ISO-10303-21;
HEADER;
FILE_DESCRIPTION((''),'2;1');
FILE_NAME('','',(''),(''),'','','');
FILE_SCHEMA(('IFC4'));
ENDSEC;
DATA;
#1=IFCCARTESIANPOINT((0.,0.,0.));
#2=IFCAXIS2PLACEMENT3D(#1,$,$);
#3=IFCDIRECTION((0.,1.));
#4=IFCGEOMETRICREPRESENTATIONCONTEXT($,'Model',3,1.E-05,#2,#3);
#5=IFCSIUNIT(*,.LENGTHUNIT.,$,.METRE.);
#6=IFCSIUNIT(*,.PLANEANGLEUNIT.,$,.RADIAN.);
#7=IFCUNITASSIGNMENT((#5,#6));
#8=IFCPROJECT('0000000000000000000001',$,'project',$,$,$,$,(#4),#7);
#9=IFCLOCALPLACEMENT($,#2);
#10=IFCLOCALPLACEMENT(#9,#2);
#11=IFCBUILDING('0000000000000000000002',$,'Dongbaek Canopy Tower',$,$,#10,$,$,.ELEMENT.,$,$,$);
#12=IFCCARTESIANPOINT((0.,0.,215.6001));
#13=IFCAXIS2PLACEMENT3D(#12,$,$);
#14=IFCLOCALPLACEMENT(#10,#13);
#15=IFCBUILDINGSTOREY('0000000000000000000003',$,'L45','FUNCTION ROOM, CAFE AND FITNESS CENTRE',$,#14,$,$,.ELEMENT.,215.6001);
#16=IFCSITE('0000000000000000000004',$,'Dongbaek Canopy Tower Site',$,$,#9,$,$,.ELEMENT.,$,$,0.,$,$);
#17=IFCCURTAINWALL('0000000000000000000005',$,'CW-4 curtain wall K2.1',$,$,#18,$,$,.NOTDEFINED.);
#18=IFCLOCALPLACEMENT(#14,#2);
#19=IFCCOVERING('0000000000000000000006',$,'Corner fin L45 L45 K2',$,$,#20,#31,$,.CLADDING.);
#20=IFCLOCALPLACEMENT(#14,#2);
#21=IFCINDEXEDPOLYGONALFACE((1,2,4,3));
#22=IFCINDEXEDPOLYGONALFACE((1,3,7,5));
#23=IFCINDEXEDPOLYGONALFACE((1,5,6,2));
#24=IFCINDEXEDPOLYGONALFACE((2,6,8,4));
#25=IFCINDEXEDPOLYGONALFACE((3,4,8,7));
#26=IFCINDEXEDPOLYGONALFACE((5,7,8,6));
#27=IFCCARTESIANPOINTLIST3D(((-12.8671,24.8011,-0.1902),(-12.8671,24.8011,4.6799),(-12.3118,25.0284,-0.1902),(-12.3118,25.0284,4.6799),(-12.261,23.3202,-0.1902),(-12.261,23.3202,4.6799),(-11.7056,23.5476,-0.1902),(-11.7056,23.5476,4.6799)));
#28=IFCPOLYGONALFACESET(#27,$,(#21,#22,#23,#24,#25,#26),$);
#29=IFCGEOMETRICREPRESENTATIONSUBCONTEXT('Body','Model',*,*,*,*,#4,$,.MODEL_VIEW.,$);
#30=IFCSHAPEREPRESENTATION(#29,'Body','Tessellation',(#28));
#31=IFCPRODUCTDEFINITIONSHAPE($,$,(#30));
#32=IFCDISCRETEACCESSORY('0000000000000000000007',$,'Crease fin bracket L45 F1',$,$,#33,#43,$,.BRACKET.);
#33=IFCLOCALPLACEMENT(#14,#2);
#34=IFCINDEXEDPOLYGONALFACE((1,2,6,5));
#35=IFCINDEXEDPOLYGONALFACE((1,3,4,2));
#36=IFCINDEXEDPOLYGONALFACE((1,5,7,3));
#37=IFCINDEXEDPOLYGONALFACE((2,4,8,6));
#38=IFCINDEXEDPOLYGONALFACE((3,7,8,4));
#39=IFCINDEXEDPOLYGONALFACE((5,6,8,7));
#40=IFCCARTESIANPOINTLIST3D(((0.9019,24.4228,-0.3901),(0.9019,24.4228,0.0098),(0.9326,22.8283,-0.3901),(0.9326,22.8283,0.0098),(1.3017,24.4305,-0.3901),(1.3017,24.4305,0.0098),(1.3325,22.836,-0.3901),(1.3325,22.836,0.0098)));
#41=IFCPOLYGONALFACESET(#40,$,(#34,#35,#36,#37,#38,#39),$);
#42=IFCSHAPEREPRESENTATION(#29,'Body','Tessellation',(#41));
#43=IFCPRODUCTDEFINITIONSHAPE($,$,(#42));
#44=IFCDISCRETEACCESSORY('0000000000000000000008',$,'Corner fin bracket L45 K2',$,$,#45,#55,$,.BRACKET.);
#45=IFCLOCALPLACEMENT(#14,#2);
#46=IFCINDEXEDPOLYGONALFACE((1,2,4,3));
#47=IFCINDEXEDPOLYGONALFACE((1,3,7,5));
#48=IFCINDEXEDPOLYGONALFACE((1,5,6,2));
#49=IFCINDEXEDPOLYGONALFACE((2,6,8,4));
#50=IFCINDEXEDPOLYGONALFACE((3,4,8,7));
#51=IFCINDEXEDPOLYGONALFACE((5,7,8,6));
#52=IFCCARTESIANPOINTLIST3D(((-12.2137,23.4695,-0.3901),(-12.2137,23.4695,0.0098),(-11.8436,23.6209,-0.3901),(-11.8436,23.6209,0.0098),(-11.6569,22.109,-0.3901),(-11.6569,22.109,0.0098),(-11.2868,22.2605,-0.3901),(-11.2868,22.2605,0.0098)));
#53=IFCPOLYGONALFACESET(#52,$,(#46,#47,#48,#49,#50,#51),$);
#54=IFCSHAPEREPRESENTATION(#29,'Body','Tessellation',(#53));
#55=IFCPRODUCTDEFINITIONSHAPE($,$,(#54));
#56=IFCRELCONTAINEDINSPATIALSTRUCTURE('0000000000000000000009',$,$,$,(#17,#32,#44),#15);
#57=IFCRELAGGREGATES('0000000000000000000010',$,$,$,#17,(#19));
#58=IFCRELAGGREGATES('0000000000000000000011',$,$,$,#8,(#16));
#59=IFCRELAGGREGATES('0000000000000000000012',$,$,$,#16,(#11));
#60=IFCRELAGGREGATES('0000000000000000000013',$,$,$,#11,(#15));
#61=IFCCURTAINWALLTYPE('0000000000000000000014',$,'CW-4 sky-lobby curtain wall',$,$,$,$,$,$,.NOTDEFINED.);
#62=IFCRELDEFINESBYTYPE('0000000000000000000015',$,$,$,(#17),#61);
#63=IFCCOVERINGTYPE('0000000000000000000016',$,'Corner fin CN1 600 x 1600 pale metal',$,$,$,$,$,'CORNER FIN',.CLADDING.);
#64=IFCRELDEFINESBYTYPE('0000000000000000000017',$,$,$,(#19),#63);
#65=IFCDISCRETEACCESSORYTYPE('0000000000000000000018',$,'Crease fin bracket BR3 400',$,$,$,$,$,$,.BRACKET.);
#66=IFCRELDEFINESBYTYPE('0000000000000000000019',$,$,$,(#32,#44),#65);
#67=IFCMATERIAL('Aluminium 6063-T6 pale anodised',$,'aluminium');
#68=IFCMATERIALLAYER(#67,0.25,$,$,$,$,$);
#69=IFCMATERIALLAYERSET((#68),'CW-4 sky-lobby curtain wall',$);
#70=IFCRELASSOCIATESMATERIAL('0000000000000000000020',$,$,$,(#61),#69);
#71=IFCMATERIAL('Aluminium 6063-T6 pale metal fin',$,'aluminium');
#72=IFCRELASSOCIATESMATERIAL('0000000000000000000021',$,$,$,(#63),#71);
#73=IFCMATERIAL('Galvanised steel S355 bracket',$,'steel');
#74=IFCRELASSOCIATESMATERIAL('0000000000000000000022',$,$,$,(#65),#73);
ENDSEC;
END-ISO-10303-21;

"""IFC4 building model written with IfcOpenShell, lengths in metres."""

from ifc_helpers import new_model, si_unit, direction, frame, origin, origin_2d, place, context, subcontext, project, spatial, rectangle, extrude, material, layer, layer_set, material_profile, profile_set, type_object, element, aggregate, save


model = new_model("IFC4")

# Units and contexts
model_context = context("Model", 3, precision=1e-05, world=origin(), true_north=direction((0.0, 1.0)))
body_context = subcontext(model_context, "Body", "Model", "MODEL_VIEW")
ifc_project = project(units=[si_unit("LENGTHUNIT", "METRE"), si_unit("PLANEANGLEUNIT", "RADIAN")], contexts=[model_context])

# Site, building, storey
site_placement = place(None, origin())
site = spatial("IfcSite", under=ifc_project, at=site_placement, Name="Dongbaek Canopy Tower Site", CompositionType="ELEMENT", RefElevation=0.0)
building_placement = place(site_placement, origin())
building = spatial("IfcBuilding", under=site, at=building_placement, Name="Dongbaek Canopy Tower", CompositionType="ELEMENT")
storey_placement = place(building_placement, frame((0.0, 0.0, 215.6001)))
storey = spatial("IfcBuildingStorey", under=building, at=storey_placement, Name="L45", Description="FUNCTION ROOM, CAFE AND FITNESS CENTRE", CompositionType="ELEMENT", Elevation=215.6001)

# Shared definitions
ifc_material_1 = material(Name="Aluminium 6063-T6 pale anodised", Category="aluminium")
ifc_layer_1 = layer(ifc_material_1, 0.25)
ifc_layer_set_1 = layer_set([ifc_layer_1], Name="CW-4 sky-lobby curtain wall")
curtain_wall_type = type_object("IfcCurtainWallType", Name="CW-4 sky-lobby curtain wall", PredefinedType="NOTDEFINED", material=ifc_layer_set_1)

# Curtain wall
curtain_wall_1_placement = place(storey_placement, origin())
curtain_wall_1 = element("IfcCurtainWall", 1, at=curtain_wall_1_placement, inside=storey, type_object=curtain_wall_type, Name="CW-4 curtain wall K2.1", PredefinedType="NOTDEFINED")

# Covering
ifc_material_2 = material(Name="Aluminium 6063-T6 pale metal fin", Category="aluminium")
ifc_material_profile_1 = material_profile(ifc_material_2, rectangle(XDim=1.6001, YDim=0.6001, at=origin_2d()), Name="Corner fin CN1 600 x 1600 pale metal")
ifc_profile_set_1 = profile_set([ifc_material_profile_1], Name="Aluminium 6063-T6 pale metal fin")
covering_type = type_object("IfcCoveringType", Name="Corner fin CN1 600 x 1600 pale metal", ElementType="CORNER FIN", PredefinedType="CLADDING", material=ifc_profile_set_1)
covering_placement = place(storey_placement, frame((-12.2864, 24.1743, -0.1902), z_axis=(0.0, 0.0, 1.0), x_axis=(-0.378812, 0.925474, 0.0)))
covering = element("IfcCovering", 2, at=covering_placement, type_object=covering_type, Name="Corner fin L45 L45 K2", PredefinedType="CLADDING", context=body_context, shape_type="SweptSolid", body=[
    extrude(rectangle(XDim=1.6001, YDim=0.6001, at=origin_2d()), origin(), (0.0, 0.0, 1.0), 4.8701),
])
aggregate(curtain_wall_1, [covering])

# Discrete accessories
ifc_material_3 = material(Name="Galvanised steel S355 bracket", Category="steel")
discrete_accessory_type = type_object("IfcDiscreteAccessoryType", Name="Crease fin bracket BR3 400", PredefinedType="BRACKET", material=ifc_material_3)
discrete_accessory_1_placement = place(storey_placement, frame((1.1172, 23.6294, -0.3901), z_axis=(0.0, 0.0, 1.0), x_axis=(-0.019271, 0.999814, 0.0)))
element("IfcDiscreteAccessory", 3, at=discrete_accessory_1_placement, inside=storey, type_object=discrete_accessory_type, Name="Crease fin bracket L45 F1", PredefinedType="BRACKET", context=body_context, shape_type="SweptSolid", body=[
    extrude(rectangle(XDim=1.5947, YDim=0.3999, at=origin_2d()), origin(), (0.0, 0.0, 1.0), 0.3999),
])
discrete_accessory_2_placement = place(storey_placement, frame((-11.7502, 22.865, -0.3901), z_axis=(0.0, 0.0, 1.0), x_axis=(-0.378812, 0.925474, 0.0)))
element("IfcDiscreteAccessory", 4, at=discrete_accessory_2_placement, inside=storey, type_object=discrete_accessory_type, Name="Corner fin bracket L45 K2", PredefinedType="BRACKET", context=body_context, shape_type="SweptSolid", body=[
    extrude(rectangle(XDim=1.47, YDim=0.3999, at=origin_2d()), origin(), (0.0, 0.0, 1.0), 0.3999),
])

save(model, "model.ifc")
